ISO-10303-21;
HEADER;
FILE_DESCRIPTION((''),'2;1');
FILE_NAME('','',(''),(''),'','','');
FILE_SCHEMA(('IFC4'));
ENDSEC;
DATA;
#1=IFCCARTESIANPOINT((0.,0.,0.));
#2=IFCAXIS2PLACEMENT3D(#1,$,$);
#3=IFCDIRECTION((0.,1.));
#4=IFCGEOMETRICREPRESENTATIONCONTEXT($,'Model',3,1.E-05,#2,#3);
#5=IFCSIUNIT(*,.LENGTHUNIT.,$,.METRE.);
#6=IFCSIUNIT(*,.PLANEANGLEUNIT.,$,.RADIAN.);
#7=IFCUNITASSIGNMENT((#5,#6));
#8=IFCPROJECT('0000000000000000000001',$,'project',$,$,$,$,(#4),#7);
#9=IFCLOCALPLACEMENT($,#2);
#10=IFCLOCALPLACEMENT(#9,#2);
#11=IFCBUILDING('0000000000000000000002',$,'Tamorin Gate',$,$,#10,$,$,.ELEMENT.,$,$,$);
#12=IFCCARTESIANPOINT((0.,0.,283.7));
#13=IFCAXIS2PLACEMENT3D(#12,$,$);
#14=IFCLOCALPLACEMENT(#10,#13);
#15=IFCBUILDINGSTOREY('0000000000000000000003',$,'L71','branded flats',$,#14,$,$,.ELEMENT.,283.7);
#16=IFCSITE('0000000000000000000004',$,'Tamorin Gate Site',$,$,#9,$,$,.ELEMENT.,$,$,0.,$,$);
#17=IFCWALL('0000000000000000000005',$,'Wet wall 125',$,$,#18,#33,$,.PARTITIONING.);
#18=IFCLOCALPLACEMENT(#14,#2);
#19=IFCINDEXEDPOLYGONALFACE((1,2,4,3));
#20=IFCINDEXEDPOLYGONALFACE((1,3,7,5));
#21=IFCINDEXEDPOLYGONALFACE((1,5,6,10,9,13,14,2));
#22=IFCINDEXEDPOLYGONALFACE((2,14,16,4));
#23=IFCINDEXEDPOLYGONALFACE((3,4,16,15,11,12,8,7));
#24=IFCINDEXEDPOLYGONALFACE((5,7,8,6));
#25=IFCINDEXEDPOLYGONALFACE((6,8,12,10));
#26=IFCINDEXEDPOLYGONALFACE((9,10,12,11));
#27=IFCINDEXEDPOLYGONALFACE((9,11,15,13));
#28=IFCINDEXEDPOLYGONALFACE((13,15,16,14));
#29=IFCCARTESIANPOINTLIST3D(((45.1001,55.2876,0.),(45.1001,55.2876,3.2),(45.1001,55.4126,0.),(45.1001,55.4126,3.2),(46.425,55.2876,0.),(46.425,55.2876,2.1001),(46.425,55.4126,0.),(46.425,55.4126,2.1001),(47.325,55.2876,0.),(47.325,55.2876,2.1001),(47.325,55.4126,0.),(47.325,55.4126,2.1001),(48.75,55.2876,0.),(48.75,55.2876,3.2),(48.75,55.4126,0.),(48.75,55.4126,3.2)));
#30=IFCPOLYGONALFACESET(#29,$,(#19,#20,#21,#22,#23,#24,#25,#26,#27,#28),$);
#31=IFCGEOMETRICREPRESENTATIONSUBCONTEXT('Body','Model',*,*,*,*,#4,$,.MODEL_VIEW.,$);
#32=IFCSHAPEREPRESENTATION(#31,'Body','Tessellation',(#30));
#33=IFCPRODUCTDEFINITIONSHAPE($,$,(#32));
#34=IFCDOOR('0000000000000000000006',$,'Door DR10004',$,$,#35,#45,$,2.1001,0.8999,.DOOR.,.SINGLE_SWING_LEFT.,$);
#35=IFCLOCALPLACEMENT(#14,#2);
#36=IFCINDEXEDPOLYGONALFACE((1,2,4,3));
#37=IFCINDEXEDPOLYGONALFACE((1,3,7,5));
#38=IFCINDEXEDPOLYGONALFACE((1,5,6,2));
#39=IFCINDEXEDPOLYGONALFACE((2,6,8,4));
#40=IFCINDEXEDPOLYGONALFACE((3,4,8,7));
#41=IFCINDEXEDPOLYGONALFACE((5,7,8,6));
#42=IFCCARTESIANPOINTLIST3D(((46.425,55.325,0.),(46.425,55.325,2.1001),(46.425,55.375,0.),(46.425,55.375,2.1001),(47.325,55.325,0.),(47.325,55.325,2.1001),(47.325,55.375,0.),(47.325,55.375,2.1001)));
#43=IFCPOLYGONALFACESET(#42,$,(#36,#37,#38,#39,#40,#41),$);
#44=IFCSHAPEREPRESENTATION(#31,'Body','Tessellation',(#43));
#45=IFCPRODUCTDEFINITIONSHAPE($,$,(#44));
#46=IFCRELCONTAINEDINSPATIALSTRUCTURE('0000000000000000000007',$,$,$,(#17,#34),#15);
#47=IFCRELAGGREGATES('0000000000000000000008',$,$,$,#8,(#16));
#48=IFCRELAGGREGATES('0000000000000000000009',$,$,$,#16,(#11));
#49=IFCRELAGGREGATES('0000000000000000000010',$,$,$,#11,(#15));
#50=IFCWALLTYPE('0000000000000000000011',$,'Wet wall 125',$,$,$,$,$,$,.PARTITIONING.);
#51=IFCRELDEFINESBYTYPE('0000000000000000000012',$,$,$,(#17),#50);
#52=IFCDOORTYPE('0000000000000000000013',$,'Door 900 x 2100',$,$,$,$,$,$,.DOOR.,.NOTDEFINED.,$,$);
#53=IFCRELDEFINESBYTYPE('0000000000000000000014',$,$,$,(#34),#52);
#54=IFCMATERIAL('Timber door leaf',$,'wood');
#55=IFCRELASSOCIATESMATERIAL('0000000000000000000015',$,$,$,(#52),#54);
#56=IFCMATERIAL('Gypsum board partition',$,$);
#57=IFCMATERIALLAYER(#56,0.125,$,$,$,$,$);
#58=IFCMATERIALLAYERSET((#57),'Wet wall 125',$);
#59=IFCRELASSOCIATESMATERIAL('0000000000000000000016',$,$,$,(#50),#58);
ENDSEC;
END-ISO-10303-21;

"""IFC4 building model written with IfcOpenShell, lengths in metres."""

from ifc_helpers import new_model, si_unit, direction, frame, frame_2d, origin, place, context, subcontext, project, spatial, rectangle, extrude, material, layer, layer_set, type_object, element, fill, save


model = new_model("IFC4")

# Units and contexts
model_context = context("Model", 3, precision=1e-05, world=origin(), true_north=direction((0.0, 1.0)))
body_context = subcontext(model_context, "Body", "Model", "MODEL_VIEW")
ifc_project = project(units=[si_unit("LENGTHUNIT", "METRE"), si_unit("PLANEANGLEUNIT", "RADIAN")], contexts=[model_context])

# Site, building, storey
site_placement = place(None, origin())
site = spatial("IfcSite", under=ifc_project, at=site_placement, Name="Tamorin Gate Site", CompositionType="ELEMENT", RefElevation=0.0)
building_placement = place(site_placement, origin())
building = spatial("IfcBuilding", under=site, at=building_placement, Name="Tamorin Gate", CompositionType="ELEMENT")
storey_placement = place(building_placement, frame((0.0, 0.0, 283.7)))
storey = spatial("IfcBuildingStorey", under=building, at=storey_placement, Name="L71", Description="branded flats", CompositionType="ELEMENT", Elevation=283.7)

# Shared definitions
ifc_material_1 = material(Name="Gypsum board partition")

# Shared definitions
ifc_material_2 = material(Name="Timber door leaf", Category="wood")
door_type = type_object("IfcDoorType", Name="Door 900 x 2100", OperationType="NOTDEFINED", PredefinedType="DOOR", material=ifc_material_2)

# Wall, opening, door
ifc_layer_1 = layer(ifc_material_1, 0.125)
ifc_layer_set_1 = layer_set([ifc_layer_1], Name="Wet wall 125")
wall_type_1 = type_object("IfcWallType", Name="Wet wall 125", PredefinedType="PARTITIONING", material=ifc_layer_set_1)
wall_1_placement = place(storey_placement, frame((45.1001, 55.3501, 0.0), z_axis=(0.0, 0.0, 1.0), x_axis=(1.0, 0.0, 0.0)))
wall_1 = element("IfcWall", 1, at=wall_1_placement, inside=storey, type_object=wall_type_1, Name="Wet wall 125", PredefinedType="PARTITIONING", context=body_context, shape_type="SweptSolid", body=[
    extrude(rectangle(XDim=3.6499, YDim=0.125, at=frame_2d((1.825, 0.0))), origin(), (0.0, 0.0, 1.0), 3.2),
])
opening_1_placement = place(wall_1_placement, frame((1.325, 0.0, 0.0)))
opening_1 = element("IfcOpeningElement", 2, at=opening_1_placement, cuts=wall_1, PredefinedType="OPENING", context=body_context, shape_type="SweptSolid", body=[
    extrude(rectangle(XDim=0.8999, YDim=2.1001, at=frame_2d((0.45, 1.05))), frame((0.0, 0.0725, 0.0), z_axis=(0.0, -1.0, 0.0), x_axis=(1.0, 0.0, 0.0)), (0.0, 0.0, 1.0), 0.145),
])
door_1_placement = place(opening_1_placement, origin())
door_1 = element("IfcDoor", 3, at=door_1_placement, inside=storey, type_object=door_type, Name="Door DR10004", OperationType="SINGLE_SWING_LEFT", OverallHeight=2.1001, OverallWidth=0.8999, PredefinedType="DOOR", context=body_context, shape_type="SweptSolid", body=[
    extrude(rectangle(XDim=0.8999, YDim=2.1001, at=frame_2d((0.45, 1.05))), frame((0.0, 0.0249, 0.0), z_axis=(0.0, -1.0, 0.0), x_axis=(1.0, 0.0, 0.0)), (0.0, 0.0, 1.0), 0.05),
])
fill(opening_1, door_1)

save(model, "model.ifc")
